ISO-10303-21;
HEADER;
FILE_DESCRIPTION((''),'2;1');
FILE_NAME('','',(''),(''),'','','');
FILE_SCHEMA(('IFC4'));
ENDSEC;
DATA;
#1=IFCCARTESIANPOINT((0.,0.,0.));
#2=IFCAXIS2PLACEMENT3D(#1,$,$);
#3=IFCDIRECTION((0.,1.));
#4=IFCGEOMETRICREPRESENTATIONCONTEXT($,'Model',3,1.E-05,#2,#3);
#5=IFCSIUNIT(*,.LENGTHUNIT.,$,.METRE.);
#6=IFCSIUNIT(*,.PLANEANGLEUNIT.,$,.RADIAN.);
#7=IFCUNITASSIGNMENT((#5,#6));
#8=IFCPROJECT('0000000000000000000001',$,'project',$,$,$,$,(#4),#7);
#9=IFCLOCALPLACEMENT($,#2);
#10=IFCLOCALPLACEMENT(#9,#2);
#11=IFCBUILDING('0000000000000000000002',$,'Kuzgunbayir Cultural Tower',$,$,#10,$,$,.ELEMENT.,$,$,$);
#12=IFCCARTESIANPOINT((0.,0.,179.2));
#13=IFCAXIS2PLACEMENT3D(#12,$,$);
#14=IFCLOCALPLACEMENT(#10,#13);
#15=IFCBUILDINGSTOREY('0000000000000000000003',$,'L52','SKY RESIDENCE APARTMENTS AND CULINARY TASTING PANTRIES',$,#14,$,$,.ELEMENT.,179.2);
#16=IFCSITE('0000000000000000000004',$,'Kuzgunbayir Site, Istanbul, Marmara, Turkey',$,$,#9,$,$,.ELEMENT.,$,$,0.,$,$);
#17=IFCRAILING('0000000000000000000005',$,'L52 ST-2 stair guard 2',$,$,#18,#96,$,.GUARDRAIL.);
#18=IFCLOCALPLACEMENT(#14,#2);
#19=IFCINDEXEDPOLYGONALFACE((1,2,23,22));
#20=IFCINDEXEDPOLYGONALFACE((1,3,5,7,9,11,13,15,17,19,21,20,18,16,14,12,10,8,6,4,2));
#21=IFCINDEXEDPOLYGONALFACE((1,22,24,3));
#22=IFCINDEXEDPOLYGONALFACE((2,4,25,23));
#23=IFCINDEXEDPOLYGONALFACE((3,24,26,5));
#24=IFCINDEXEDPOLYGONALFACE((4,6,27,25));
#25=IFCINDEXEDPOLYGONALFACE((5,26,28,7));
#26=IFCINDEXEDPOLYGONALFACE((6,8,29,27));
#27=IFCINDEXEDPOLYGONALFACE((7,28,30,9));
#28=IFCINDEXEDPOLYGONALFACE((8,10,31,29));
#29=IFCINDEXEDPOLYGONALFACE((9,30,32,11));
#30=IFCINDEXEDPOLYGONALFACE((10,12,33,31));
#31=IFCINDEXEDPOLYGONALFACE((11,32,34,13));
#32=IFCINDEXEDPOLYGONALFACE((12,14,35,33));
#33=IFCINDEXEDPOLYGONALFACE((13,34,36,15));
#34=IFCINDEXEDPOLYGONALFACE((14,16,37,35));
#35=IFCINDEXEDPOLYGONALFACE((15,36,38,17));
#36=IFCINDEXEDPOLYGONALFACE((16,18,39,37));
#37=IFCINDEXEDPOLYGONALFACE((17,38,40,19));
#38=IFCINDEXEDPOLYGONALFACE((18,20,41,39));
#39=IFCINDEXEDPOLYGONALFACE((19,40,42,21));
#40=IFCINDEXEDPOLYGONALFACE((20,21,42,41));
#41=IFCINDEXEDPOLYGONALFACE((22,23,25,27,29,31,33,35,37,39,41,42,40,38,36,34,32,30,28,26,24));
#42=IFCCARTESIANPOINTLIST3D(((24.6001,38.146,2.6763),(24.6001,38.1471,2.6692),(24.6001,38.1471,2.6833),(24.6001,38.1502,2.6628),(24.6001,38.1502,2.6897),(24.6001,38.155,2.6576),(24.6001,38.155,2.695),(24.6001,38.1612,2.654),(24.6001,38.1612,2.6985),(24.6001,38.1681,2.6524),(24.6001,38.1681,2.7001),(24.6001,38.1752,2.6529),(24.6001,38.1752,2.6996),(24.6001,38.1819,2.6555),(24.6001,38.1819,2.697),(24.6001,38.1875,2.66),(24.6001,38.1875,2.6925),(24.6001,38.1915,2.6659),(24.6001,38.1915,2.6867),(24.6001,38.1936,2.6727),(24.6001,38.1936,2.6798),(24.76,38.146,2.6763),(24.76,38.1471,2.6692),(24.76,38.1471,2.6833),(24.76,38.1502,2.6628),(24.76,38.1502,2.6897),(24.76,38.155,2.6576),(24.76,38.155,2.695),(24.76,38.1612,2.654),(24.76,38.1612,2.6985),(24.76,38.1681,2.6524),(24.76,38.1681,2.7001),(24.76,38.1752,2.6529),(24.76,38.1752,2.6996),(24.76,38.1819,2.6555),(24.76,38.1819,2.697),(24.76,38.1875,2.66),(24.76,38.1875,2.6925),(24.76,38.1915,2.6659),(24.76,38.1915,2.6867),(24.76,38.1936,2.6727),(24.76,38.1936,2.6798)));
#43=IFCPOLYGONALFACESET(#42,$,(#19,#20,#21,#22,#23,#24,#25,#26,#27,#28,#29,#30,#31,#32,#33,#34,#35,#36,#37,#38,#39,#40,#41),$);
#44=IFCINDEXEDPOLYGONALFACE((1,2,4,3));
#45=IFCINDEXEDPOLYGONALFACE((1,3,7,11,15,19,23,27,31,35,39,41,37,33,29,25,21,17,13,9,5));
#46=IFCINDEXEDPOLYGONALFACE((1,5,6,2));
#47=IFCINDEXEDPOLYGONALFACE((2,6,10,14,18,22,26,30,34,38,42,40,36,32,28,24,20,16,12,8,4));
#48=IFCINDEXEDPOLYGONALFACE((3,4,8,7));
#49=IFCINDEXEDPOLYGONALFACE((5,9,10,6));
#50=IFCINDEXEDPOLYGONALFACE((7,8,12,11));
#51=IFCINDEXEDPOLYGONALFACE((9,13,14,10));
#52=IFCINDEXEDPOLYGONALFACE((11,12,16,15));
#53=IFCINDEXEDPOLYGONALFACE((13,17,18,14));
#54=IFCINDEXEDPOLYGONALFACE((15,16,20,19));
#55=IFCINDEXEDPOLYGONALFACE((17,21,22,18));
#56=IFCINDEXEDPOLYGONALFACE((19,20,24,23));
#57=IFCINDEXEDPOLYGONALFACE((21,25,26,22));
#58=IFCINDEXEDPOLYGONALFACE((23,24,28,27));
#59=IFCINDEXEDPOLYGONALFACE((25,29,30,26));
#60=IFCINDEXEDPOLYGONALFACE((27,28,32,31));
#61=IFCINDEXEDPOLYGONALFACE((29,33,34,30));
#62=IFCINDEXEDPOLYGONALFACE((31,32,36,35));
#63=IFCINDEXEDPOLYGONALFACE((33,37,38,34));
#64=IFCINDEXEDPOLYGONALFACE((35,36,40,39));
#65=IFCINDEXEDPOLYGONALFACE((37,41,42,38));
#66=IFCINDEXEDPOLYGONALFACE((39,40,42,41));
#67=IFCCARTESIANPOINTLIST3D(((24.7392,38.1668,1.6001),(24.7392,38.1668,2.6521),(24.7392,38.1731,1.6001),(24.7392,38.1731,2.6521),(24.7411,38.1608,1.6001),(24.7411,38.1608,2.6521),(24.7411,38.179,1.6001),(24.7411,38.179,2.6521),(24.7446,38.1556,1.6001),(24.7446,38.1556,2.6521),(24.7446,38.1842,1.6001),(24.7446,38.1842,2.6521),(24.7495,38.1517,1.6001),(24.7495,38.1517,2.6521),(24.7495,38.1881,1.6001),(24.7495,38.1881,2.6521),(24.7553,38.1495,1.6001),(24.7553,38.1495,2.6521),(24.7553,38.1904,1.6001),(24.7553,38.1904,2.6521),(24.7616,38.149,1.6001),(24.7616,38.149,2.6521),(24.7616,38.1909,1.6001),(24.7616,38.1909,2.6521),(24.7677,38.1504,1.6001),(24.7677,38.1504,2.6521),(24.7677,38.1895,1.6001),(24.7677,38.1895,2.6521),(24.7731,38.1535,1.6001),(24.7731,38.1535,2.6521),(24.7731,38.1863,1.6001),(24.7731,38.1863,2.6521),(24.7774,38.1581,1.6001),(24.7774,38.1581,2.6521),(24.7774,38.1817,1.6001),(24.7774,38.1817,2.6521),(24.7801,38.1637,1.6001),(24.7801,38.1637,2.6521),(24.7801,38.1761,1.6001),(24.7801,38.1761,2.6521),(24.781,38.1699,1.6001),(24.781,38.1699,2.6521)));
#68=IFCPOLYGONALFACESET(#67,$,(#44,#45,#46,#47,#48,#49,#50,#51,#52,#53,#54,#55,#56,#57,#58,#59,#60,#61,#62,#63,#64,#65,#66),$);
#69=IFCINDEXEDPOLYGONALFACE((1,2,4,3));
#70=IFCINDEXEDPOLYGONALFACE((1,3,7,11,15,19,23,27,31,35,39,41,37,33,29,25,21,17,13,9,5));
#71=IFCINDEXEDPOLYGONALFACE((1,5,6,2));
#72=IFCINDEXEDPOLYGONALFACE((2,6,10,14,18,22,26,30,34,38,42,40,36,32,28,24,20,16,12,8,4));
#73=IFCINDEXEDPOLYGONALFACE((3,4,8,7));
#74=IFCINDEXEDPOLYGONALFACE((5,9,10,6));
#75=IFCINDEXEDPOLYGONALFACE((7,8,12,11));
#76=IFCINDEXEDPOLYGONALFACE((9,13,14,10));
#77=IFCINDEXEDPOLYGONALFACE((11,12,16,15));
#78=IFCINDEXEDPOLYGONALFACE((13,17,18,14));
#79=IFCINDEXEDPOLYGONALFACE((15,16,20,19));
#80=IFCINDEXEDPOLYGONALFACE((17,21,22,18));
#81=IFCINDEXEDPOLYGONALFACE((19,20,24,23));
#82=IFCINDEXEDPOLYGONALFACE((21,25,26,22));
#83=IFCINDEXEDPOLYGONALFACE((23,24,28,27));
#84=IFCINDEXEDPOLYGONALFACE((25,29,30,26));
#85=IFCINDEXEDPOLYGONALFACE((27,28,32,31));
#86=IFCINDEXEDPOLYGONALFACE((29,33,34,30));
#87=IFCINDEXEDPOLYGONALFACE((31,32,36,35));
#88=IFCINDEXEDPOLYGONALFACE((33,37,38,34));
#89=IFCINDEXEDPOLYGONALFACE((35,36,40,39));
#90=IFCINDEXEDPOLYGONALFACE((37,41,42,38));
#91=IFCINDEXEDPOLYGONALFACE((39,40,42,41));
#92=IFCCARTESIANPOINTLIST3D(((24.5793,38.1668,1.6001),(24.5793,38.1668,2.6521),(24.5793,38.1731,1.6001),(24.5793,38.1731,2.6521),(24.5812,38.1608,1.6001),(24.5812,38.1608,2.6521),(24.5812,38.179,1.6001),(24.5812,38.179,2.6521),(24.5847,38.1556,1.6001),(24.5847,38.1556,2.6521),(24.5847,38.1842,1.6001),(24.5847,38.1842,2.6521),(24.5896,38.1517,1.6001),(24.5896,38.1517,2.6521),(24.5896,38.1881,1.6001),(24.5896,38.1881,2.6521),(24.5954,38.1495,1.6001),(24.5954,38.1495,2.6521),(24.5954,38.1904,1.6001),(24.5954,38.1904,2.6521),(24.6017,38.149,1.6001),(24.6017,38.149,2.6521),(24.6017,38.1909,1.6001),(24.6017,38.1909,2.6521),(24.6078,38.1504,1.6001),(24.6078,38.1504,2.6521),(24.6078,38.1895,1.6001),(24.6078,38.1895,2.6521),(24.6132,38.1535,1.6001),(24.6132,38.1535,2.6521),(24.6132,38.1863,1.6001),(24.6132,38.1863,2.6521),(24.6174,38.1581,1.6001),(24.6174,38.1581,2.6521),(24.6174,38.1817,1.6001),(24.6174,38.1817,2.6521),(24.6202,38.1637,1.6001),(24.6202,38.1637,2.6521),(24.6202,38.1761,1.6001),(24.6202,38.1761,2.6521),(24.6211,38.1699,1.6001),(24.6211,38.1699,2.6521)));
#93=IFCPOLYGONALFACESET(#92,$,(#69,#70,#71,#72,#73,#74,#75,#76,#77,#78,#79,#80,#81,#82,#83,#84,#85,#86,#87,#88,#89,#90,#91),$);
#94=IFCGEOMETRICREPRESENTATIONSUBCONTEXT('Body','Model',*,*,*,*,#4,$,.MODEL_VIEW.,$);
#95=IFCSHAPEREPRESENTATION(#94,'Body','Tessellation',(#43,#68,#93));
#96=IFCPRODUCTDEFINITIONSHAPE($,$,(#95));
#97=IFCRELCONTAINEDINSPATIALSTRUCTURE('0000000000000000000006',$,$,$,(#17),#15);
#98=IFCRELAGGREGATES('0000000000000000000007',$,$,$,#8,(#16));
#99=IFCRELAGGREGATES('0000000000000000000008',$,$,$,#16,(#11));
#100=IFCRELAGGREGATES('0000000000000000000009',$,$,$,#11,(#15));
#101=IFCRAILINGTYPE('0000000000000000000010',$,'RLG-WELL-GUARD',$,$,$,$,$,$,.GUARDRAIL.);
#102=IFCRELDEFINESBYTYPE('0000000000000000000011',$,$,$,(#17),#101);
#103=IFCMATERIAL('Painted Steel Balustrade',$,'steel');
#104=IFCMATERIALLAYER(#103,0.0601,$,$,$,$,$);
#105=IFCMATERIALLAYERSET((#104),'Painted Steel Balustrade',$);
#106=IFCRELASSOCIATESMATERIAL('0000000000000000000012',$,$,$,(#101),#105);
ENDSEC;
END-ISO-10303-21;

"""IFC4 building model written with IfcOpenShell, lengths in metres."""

from ifc_helpers import new_model, si_unit, direction, frame, origin, origin_2d, place, context, subcontext, project, spatial, circle, extrude, material, layer, layer_set, type_object, element, save


model = new_model("IFC4")

# Units and contexts
model_context = context("Model", 3, precision=1e-05, world=origin(), true_north=direction((0.0, 1.0)))
body_context = subcontext(model_context, "Body", "Model", "MODEL_VIEW")
ifc_project = project(units=[si_unit("LENGTHUNIT", "METRE"), si_unit("PLANEANGLEUNIT", "RADIAN")], contexts=[model_context])

# Site, building, storey
site_placement = place(None, origin())
site = spatial("IfcSite", under=ifc_project, at=site_placement, Name="Kuzgunbayir Site, Istanbul, Marmara, Turkey", CompositionType="ELEMENT", RefElevation=0.0)
building_placement = place(site_placement, origin())
building = spatial("IfcBuilding", under=site, at=building_placement, Name="Kuzgunbayir Cultural Tower", CompositionType="ELEMENT")
storey_placement = place(building_placement, frame((0.0, 0.0, 179.2)))
storey = spatial("IfcBuildingStorey", under=building, at=storey_placement, Name="L52", Description="SKY RESIDENCE APARTMENTS AND CULINARY TASTING PANTRIES", CompositionType="ELEMENT", Elevation=179.2)

# Railing
ifc_material_1 = material(Name="Painted Steel Balustrade", Category="steel")
ifc_layer_1 = layer(ifc_material_1, 0.0601)
ifc_layer_set_1 = layer_set([ifc_layer_1], Name="Painted Steel Balustrade")
railing_type_1 = type_object("IfcRailingType", Name="RLG-WELL-GUARD", PredefinedType="GUARDRAIL", material=ifc_layer_set_1)
railing_1_placement = place(storey_placement, frame((24.76, 38.1699, 1.6001)))
element("IfcRailing", 1, at=railing_1_placement, inside=storey, type_object=railing_type_1, Name="L52 ST-2 stair guard 2", PredefinedType="GUARDRAIL", context=body_context, shape_type="SweptSolid", body=[
    extrude(circle(Radius=0.0239, at=origin_2d()), frame((0.0, 0.0, 1.0762), z_axis=(-1.0, 0.0, 0.0), x_axis=(0.0, -1.0, 0.0)), (0.0, 0.0, 1.0), 0.1599),
    extrude(circle(Radius=0.021, at=origin_2d()), origin(), (0.0, 0.0, 1.0), 1.052),
    extrude(circle(Radius=0.021, at=origin_2d()), frame((-0.1599, 0.0, 0.0)), (0.0, 0.0, 1.0), 1.052),
])

save(model, "model.ifc")
